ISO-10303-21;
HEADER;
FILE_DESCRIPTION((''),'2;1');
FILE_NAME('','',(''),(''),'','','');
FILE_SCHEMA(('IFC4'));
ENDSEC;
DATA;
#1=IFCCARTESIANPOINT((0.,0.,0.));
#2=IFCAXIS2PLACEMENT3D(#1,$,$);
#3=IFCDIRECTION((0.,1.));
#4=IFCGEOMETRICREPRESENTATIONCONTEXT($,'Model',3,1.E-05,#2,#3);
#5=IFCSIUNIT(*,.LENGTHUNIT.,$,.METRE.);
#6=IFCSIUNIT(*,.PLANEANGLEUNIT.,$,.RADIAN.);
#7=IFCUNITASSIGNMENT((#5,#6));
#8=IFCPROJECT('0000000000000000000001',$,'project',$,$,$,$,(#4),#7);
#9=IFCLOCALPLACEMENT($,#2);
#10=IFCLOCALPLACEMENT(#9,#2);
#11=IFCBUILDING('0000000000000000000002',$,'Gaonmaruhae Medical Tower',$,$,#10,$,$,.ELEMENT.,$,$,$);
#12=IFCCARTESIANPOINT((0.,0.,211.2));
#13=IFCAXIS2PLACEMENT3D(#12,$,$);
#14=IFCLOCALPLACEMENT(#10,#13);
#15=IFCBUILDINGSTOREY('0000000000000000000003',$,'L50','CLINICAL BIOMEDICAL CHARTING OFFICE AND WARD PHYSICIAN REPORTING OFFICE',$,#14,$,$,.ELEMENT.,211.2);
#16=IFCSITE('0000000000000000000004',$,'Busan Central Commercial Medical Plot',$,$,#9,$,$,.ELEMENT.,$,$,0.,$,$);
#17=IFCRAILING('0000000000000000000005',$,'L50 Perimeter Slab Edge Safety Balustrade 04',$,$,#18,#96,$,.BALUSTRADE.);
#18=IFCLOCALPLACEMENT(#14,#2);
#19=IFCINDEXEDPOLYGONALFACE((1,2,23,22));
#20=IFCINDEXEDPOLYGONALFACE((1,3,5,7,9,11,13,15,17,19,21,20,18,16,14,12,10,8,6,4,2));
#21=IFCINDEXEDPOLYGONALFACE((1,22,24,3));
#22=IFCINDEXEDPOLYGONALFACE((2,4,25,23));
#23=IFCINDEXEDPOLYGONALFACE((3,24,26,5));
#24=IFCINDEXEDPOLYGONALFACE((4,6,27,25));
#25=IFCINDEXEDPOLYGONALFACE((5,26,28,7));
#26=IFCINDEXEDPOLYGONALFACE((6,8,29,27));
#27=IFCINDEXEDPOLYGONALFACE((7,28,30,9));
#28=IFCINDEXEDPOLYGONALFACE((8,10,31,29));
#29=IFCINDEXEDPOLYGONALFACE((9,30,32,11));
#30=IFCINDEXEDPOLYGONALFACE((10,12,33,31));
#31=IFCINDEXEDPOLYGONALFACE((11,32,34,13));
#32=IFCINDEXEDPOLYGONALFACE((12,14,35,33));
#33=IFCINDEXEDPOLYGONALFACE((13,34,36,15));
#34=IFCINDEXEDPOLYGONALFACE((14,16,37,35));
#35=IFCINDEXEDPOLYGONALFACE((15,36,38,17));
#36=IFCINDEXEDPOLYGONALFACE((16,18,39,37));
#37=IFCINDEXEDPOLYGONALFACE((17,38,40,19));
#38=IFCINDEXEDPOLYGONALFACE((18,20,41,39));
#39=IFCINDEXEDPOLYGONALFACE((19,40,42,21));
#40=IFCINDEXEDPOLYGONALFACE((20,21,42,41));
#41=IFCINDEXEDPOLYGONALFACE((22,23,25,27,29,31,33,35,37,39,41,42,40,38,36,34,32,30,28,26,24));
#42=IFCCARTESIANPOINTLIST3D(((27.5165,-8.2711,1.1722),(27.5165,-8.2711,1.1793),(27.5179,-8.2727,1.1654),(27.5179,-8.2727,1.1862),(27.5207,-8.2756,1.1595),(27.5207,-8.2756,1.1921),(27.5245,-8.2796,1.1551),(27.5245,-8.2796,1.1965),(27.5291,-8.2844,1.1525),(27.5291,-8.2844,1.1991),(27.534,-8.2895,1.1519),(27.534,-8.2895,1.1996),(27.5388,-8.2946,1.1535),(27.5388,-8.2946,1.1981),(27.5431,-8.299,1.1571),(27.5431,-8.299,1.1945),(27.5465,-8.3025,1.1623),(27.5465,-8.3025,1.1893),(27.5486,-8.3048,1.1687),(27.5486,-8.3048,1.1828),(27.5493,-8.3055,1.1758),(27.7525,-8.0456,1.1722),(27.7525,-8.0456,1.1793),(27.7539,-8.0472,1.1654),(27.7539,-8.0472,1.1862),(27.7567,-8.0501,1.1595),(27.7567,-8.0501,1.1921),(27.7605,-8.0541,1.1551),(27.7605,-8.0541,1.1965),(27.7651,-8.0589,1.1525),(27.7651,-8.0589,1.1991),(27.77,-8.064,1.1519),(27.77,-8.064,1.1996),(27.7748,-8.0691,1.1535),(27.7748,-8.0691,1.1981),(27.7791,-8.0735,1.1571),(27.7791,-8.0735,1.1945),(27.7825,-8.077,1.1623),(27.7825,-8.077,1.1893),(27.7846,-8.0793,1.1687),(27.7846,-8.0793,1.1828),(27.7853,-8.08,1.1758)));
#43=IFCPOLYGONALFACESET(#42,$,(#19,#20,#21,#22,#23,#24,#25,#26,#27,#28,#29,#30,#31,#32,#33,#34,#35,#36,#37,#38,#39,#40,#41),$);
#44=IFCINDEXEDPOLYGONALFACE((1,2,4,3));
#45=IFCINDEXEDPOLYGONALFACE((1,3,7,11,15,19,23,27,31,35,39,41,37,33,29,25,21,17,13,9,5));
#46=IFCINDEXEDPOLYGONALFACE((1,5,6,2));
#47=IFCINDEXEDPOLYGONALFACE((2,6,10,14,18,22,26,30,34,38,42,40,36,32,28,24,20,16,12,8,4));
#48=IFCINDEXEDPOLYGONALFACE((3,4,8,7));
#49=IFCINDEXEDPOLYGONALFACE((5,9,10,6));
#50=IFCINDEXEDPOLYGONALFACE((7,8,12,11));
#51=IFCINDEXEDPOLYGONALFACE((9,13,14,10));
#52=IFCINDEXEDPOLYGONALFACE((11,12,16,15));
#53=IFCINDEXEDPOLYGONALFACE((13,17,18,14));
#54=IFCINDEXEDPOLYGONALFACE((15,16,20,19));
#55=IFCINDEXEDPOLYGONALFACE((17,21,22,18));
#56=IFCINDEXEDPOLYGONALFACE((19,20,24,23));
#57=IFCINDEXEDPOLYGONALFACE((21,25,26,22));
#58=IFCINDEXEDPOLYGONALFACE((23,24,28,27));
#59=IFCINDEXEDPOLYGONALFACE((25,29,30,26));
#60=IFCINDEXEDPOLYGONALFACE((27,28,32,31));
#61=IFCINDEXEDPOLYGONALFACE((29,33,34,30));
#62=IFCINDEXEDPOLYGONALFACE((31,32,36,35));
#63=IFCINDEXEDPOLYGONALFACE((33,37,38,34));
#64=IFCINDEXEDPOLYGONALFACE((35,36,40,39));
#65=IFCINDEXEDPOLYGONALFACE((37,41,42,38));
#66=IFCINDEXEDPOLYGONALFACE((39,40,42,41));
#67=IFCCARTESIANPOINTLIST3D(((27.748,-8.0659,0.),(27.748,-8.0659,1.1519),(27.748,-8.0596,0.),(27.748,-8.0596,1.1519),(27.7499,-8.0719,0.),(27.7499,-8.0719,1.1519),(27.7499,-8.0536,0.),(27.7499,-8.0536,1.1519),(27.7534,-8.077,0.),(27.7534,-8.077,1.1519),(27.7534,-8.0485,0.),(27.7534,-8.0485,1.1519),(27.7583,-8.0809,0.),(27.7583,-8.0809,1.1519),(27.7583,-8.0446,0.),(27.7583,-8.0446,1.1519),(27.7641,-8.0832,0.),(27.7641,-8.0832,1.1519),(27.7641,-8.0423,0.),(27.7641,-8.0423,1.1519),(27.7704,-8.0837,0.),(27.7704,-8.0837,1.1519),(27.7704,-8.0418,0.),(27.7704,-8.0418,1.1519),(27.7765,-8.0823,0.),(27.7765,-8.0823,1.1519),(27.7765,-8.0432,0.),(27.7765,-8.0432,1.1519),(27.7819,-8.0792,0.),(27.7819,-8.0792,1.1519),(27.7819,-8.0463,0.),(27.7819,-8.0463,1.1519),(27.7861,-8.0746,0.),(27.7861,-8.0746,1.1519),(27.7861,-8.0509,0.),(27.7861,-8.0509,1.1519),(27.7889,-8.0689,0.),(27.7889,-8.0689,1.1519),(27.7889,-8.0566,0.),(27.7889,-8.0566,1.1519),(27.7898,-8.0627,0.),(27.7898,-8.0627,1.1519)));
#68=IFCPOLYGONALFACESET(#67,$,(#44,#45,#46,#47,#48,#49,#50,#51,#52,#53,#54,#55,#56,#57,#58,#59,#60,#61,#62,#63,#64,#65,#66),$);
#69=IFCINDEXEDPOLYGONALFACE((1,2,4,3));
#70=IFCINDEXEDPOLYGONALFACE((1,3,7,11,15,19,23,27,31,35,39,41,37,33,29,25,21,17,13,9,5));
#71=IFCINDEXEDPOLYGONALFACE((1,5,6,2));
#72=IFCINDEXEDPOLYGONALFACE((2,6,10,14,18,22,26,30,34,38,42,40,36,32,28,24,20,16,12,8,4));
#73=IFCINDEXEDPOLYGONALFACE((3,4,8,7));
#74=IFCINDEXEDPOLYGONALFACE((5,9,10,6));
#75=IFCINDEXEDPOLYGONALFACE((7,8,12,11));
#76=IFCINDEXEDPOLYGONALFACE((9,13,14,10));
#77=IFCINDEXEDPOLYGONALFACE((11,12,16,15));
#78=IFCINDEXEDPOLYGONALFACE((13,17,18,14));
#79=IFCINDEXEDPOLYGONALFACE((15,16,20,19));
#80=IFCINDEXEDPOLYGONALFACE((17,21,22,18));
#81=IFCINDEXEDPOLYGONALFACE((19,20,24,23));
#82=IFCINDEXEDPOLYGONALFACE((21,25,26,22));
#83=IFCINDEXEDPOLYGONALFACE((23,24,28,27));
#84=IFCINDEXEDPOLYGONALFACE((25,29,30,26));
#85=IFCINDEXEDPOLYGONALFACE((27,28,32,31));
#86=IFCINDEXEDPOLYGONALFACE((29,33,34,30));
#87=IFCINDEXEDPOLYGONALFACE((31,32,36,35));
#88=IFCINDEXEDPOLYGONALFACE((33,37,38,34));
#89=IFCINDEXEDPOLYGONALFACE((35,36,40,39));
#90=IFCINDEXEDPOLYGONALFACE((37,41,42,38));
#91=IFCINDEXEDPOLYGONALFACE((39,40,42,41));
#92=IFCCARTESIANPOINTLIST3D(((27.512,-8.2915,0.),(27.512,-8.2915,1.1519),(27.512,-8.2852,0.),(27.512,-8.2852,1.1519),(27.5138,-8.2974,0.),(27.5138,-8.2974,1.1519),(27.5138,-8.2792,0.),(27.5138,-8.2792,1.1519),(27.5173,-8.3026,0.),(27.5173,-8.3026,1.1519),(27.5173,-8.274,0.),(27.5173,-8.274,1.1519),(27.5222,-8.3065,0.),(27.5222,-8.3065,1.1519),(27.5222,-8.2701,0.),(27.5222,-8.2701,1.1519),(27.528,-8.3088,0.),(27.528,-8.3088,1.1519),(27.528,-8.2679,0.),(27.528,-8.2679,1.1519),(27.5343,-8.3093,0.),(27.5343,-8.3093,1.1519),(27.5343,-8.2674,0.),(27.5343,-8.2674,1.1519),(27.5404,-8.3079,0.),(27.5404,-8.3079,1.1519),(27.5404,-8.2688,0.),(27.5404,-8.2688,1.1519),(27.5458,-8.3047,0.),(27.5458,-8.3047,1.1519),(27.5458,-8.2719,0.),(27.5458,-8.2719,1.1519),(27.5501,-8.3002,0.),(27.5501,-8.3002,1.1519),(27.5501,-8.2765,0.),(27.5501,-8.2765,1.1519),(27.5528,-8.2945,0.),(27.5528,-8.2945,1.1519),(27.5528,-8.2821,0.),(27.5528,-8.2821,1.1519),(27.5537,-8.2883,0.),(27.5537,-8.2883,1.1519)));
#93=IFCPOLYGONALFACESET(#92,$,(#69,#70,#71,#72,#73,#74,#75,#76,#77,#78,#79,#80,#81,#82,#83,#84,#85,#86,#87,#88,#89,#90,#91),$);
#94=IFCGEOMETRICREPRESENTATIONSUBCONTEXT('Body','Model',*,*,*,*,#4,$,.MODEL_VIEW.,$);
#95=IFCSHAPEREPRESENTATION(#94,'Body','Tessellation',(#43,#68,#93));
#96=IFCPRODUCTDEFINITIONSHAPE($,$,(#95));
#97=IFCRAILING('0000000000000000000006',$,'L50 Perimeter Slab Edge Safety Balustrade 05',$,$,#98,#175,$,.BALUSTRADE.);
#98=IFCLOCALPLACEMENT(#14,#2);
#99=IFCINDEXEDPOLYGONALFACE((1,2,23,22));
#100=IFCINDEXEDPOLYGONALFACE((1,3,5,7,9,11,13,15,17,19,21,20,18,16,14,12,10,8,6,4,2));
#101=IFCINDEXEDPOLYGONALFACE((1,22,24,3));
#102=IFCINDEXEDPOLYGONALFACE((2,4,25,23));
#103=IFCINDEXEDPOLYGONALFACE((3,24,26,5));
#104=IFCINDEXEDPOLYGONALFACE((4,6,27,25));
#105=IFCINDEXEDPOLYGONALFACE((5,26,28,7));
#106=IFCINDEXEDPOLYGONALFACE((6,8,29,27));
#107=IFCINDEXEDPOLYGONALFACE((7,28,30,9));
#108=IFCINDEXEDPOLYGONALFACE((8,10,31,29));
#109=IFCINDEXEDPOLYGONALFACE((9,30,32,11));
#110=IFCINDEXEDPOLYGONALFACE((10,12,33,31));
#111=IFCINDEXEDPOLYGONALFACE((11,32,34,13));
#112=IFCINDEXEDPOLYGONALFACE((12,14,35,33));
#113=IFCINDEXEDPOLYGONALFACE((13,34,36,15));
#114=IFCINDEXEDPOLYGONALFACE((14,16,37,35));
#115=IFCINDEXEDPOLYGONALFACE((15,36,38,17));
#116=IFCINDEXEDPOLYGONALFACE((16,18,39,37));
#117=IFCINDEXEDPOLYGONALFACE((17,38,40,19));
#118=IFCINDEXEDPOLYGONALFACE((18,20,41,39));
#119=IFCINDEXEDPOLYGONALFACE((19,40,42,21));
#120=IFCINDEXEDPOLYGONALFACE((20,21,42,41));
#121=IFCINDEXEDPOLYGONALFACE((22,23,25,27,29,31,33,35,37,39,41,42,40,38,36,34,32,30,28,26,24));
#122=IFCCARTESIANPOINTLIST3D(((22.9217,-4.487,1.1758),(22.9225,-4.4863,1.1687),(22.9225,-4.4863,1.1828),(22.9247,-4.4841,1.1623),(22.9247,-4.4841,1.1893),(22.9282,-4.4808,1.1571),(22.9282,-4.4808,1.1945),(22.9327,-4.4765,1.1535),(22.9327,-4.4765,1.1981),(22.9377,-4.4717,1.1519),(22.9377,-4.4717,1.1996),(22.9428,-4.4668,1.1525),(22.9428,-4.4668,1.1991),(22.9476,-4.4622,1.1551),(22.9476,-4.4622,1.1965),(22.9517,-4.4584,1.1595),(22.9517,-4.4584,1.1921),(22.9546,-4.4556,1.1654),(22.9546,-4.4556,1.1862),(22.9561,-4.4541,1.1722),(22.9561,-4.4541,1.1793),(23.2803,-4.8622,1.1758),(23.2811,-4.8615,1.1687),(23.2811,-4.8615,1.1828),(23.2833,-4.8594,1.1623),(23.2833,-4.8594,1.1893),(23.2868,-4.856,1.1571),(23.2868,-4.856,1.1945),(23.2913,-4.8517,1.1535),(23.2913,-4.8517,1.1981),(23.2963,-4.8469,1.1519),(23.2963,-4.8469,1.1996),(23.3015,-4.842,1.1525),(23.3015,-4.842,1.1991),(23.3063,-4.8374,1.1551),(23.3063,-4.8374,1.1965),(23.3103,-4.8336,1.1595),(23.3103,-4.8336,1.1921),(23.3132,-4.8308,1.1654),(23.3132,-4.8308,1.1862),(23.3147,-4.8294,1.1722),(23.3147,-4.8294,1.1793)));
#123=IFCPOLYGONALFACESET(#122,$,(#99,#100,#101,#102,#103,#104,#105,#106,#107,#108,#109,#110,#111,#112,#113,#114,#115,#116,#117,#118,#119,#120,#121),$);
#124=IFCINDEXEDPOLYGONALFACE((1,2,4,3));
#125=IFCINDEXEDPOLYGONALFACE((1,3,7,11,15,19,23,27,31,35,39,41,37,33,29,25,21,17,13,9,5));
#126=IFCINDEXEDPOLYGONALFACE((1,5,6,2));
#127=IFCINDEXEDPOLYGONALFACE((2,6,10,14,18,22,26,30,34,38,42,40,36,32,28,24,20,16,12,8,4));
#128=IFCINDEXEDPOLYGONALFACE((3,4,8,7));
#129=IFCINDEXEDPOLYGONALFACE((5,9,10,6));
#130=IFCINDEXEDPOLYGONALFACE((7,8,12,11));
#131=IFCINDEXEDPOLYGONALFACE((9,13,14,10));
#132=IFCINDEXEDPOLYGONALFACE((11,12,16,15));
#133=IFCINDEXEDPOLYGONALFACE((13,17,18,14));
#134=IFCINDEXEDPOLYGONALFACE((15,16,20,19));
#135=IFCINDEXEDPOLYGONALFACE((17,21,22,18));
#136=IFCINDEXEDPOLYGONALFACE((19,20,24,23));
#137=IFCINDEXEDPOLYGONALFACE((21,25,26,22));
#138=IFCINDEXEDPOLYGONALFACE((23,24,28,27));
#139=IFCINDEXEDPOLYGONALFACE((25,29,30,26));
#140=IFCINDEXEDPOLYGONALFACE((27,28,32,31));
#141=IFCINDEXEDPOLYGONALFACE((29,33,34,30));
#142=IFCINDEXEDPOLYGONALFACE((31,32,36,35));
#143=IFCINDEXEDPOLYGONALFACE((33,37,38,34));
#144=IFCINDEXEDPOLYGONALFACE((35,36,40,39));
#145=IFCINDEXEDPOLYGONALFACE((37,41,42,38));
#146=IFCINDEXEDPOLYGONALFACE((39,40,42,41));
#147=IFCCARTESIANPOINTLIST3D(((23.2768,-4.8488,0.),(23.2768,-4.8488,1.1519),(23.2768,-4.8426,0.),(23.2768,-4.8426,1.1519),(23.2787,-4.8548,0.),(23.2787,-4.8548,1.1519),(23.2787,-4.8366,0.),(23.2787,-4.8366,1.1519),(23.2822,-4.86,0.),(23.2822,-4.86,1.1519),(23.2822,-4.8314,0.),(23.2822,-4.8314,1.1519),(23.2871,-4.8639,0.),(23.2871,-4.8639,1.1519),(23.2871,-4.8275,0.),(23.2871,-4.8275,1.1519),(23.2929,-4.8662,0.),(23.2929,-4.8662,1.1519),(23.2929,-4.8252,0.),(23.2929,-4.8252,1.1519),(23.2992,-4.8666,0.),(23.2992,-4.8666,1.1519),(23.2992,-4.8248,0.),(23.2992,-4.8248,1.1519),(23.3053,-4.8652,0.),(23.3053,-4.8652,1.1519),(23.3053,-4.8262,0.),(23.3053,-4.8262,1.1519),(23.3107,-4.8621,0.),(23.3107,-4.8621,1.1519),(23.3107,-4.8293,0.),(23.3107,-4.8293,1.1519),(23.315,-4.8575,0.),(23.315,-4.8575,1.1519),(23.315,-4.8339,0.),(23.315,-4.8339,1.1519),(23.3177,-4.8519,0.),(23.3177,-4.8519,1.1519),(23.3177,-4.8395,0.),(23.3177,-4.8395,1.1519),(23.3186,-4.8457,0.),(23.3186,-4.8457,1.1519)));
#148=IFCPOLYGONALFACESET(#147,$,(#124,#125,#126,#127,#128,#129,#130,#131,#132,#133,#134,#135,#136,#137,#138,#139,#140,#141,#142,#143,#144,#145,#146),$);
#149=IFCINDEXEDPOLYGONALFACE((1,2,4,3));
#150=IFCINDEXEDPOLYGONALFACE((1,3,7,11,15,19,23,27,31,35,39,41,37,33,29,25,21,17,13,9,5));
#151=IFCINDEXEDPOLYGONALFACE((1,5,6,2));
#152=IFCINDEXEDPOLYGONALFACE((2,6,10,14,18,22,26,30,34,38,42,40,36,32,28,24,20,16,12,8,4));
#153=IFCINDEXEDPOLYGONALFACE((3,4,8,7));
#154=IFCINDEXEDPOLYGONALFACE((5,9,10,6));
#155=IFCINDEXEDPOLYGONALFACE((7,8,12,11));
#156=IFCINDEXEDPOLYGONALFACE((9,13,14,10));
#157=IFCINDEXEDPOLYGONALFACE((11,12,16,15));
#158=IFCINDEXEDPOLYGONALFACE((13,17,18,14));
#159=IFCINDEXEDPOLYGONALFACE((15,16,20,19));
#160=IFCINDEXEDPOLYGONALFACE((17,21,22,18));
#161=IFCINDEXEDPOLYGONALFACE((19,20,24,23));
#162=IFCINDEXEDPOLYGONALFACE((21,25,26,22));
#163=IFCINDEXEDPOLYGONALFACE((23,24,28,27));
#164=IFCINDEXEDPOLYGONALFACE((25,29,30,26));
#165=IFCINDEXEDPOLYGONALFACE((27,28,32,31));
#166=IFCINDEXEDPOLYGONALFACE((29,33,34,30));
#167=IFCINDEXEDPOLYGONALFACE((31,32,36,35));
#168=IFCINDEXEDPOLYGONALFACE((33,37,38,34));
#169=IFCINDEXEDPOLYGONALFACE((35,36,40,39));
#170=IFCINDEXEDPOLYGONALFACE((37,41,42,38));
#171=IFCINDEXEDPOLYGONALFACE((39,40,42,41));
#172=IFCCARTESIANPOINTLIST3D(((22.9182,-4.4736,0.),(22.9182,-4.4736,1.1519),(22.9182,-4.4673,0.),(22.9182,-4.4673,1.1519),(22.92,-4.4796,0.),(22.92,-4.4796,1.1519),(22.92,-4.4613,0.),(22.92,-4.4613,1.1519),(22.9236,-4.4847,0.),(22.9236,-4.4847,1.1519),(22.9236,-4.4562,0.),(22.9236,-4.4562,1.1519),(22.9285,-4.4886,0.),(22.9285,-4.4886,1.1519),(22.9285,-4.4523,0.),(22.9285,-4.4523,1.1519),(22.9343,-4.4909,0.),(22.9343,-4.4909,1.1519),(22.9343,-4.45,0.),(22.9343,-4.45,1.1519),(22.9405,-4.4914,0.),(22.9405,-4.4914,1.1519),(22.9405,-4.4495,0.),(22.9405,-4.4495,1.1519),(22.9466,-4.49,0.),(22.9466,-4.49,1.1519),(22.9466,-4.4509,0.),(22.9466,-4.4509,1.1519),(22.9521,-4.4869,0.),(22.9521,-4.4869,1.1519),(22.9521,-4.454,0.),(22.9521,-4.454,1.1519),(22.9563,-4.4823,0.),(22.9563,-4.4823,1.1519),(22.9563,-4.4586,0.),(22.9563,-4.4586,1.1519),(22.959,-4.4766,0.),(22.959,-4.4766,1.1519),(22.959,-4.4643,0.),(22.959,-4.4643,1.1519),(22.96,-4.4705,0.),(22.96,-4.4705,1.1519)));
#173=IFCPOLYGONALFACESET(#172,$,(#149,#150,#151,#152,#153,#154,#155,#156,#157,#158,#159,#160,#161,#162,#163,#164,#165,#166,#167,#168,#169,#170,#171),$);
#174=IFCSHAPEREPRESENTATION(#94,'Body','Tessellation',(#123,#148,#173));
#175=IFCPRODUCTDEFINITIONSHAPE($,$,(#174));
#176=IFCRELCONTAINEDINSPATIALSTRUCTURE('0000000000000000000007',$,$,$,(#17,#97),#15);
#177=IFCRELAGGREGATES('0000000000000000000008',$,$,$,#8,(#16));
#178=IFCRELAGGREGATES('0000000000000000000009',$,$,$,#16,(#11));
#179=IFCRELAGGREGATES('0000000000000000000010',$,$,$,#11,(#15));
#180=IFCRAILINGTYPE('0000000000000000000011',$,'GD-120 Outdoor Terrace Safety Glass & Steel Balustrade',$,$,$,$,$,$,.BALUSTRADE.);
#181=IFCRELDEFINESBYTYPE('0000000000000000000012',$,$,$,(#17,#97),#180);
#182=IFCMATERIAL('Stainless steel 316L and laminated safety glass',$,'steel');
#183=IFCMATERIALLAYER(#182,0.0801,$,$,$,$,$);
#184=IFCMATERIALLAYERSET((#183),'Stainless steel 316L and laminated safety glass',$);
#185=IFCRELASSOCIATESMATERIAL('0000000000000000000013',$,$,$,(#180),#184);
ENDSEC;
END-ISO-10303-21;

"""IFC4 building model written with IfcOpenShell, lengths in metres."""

from ifc_helpers import new_model, si_unit, direction, frame, origin, origin_2d, place, context, subcontext, project, spatial, circle, extrude, material, layer, layer_set, type_object, element, save


model = new_model("IFC4")

# Units and contexts
model_context = context("Model", 3, precision=1e-05, world=origin(), true_north=direction((0.0, 1.0)))
body_context = subcontext(model_context, "Body", "Model", "MODEL_VIEW")
ifc_project = project(units=[si_unit("LENGTHUNIT", "METRE"), si_unit("PLANEANGLEUNIT", "RADIAN")], contexts=[model_context])

# Site, building, storey
site_placement = place(None, origin())
site = spatial("IfcSite", under=ifc_project, at=site_placement, Name="Busan Central Commercial Medical Plot", CompositionType="ELEMENT", RefElevation=0.0)
building_placement = place(site_placement, origin())
building = spatial("IfcBuilding", under=site, at=building_placement, Name="Gaonmaruhae Medical Tower", CompositionType="ELEMENT")
storey_placement = place(building_placement, frame((0.0, 0.0, 211.2)))
storey = spatial("IfcBuildingStorey", under=building, at=storey_placement, Name="L50", Description="CLINICAL BIOMEDICAL CHARTING OFFICE AND WARD PHYSICIAN REPORTING OFFICE", CompositionType="ELEMENT", Elevation=211.2)

# Railings
ifc_material_1 = material(Name="Stainless steel 316L and laminated safety glass", Category="steel")
ifc_layer_1 = layer(ifc_material_1, 0.0801)
ifc_layer_set_1 = layer_set([ifc_layer_1], Name="Stainless steel 316L and laminated safety glass")
railing_type = type_object("IfcRailingType", Name="GD-120 Outdoor Terrace Safety Glass & Steel Balustrade", PredefinedType="BALUSTRADE", material=ifc_layer_set_1)
railing_1_placement = place(storey_placement, frame((27.7688, -8.0627, 0.0)))
element("IfcRailing", 1, at=railing_1_placement, inside=storey, type_object=railing_type, Name="L50 Perimeter Slab Edge Safety Balustrade 04", PredefinedType="BALUSTRADE", context=body_context, shape_type="SweptSolid", body=[
    extrude(circle(Radius=0.0239, at=origin_2d()), frame((0.0, 0.0, 1.1758), z_axis=(-0.722999, -0.690849, 0.0), x_axis=(0.690849, -0.722999, 0.0)), (0.0, 0.0, 1.0), 0.3264),
    extrude(circle(Radius=0.021, at=origin_2d()), origin(), (0.0, 0.0, 1.0), 1.1519),
    extrude(circle(Radius=0.021, at=origin_2d()), frame((-0.2361, -0.2256, 0.0)), (0.0, 0.0, 1.0), 1.1519),
])
railing_2_placement = place(storey_placement, frame((23.2976, -4.8457, 0.0)))
element("IfcRailing", 2, at=railing_2_placement, inside=storey, type_object=railing_type, Name="L50 Perimeter Slab Edge Safety Balustrade 05", PredefinedType="BALUSTRADE", context=body_context, shape_type="SweptSolid", body=[
    extrude(circle(Radius=0.0239, at=origin_2d()), frame((0.0, 0.0, 1.1758), z_axis=(-0.690934, 0.722918, 0.0), x_axis=(-0.722918, -0.690934, 0.0)), (0.0, 0.0, 1.0), 0.519),
    extrude(circle(Radius=0.021, at=origin_2d()), origin(), (0.0, 0.0, 1.0), 1.1519),
    extrude(circle(Radius=0.021, at=origin_2d()), frame((-0.3586, 0.3752, 0.0)), (0.0, 0.0, 1.0), 1.1519),
])

save(model, "model.ifc")
